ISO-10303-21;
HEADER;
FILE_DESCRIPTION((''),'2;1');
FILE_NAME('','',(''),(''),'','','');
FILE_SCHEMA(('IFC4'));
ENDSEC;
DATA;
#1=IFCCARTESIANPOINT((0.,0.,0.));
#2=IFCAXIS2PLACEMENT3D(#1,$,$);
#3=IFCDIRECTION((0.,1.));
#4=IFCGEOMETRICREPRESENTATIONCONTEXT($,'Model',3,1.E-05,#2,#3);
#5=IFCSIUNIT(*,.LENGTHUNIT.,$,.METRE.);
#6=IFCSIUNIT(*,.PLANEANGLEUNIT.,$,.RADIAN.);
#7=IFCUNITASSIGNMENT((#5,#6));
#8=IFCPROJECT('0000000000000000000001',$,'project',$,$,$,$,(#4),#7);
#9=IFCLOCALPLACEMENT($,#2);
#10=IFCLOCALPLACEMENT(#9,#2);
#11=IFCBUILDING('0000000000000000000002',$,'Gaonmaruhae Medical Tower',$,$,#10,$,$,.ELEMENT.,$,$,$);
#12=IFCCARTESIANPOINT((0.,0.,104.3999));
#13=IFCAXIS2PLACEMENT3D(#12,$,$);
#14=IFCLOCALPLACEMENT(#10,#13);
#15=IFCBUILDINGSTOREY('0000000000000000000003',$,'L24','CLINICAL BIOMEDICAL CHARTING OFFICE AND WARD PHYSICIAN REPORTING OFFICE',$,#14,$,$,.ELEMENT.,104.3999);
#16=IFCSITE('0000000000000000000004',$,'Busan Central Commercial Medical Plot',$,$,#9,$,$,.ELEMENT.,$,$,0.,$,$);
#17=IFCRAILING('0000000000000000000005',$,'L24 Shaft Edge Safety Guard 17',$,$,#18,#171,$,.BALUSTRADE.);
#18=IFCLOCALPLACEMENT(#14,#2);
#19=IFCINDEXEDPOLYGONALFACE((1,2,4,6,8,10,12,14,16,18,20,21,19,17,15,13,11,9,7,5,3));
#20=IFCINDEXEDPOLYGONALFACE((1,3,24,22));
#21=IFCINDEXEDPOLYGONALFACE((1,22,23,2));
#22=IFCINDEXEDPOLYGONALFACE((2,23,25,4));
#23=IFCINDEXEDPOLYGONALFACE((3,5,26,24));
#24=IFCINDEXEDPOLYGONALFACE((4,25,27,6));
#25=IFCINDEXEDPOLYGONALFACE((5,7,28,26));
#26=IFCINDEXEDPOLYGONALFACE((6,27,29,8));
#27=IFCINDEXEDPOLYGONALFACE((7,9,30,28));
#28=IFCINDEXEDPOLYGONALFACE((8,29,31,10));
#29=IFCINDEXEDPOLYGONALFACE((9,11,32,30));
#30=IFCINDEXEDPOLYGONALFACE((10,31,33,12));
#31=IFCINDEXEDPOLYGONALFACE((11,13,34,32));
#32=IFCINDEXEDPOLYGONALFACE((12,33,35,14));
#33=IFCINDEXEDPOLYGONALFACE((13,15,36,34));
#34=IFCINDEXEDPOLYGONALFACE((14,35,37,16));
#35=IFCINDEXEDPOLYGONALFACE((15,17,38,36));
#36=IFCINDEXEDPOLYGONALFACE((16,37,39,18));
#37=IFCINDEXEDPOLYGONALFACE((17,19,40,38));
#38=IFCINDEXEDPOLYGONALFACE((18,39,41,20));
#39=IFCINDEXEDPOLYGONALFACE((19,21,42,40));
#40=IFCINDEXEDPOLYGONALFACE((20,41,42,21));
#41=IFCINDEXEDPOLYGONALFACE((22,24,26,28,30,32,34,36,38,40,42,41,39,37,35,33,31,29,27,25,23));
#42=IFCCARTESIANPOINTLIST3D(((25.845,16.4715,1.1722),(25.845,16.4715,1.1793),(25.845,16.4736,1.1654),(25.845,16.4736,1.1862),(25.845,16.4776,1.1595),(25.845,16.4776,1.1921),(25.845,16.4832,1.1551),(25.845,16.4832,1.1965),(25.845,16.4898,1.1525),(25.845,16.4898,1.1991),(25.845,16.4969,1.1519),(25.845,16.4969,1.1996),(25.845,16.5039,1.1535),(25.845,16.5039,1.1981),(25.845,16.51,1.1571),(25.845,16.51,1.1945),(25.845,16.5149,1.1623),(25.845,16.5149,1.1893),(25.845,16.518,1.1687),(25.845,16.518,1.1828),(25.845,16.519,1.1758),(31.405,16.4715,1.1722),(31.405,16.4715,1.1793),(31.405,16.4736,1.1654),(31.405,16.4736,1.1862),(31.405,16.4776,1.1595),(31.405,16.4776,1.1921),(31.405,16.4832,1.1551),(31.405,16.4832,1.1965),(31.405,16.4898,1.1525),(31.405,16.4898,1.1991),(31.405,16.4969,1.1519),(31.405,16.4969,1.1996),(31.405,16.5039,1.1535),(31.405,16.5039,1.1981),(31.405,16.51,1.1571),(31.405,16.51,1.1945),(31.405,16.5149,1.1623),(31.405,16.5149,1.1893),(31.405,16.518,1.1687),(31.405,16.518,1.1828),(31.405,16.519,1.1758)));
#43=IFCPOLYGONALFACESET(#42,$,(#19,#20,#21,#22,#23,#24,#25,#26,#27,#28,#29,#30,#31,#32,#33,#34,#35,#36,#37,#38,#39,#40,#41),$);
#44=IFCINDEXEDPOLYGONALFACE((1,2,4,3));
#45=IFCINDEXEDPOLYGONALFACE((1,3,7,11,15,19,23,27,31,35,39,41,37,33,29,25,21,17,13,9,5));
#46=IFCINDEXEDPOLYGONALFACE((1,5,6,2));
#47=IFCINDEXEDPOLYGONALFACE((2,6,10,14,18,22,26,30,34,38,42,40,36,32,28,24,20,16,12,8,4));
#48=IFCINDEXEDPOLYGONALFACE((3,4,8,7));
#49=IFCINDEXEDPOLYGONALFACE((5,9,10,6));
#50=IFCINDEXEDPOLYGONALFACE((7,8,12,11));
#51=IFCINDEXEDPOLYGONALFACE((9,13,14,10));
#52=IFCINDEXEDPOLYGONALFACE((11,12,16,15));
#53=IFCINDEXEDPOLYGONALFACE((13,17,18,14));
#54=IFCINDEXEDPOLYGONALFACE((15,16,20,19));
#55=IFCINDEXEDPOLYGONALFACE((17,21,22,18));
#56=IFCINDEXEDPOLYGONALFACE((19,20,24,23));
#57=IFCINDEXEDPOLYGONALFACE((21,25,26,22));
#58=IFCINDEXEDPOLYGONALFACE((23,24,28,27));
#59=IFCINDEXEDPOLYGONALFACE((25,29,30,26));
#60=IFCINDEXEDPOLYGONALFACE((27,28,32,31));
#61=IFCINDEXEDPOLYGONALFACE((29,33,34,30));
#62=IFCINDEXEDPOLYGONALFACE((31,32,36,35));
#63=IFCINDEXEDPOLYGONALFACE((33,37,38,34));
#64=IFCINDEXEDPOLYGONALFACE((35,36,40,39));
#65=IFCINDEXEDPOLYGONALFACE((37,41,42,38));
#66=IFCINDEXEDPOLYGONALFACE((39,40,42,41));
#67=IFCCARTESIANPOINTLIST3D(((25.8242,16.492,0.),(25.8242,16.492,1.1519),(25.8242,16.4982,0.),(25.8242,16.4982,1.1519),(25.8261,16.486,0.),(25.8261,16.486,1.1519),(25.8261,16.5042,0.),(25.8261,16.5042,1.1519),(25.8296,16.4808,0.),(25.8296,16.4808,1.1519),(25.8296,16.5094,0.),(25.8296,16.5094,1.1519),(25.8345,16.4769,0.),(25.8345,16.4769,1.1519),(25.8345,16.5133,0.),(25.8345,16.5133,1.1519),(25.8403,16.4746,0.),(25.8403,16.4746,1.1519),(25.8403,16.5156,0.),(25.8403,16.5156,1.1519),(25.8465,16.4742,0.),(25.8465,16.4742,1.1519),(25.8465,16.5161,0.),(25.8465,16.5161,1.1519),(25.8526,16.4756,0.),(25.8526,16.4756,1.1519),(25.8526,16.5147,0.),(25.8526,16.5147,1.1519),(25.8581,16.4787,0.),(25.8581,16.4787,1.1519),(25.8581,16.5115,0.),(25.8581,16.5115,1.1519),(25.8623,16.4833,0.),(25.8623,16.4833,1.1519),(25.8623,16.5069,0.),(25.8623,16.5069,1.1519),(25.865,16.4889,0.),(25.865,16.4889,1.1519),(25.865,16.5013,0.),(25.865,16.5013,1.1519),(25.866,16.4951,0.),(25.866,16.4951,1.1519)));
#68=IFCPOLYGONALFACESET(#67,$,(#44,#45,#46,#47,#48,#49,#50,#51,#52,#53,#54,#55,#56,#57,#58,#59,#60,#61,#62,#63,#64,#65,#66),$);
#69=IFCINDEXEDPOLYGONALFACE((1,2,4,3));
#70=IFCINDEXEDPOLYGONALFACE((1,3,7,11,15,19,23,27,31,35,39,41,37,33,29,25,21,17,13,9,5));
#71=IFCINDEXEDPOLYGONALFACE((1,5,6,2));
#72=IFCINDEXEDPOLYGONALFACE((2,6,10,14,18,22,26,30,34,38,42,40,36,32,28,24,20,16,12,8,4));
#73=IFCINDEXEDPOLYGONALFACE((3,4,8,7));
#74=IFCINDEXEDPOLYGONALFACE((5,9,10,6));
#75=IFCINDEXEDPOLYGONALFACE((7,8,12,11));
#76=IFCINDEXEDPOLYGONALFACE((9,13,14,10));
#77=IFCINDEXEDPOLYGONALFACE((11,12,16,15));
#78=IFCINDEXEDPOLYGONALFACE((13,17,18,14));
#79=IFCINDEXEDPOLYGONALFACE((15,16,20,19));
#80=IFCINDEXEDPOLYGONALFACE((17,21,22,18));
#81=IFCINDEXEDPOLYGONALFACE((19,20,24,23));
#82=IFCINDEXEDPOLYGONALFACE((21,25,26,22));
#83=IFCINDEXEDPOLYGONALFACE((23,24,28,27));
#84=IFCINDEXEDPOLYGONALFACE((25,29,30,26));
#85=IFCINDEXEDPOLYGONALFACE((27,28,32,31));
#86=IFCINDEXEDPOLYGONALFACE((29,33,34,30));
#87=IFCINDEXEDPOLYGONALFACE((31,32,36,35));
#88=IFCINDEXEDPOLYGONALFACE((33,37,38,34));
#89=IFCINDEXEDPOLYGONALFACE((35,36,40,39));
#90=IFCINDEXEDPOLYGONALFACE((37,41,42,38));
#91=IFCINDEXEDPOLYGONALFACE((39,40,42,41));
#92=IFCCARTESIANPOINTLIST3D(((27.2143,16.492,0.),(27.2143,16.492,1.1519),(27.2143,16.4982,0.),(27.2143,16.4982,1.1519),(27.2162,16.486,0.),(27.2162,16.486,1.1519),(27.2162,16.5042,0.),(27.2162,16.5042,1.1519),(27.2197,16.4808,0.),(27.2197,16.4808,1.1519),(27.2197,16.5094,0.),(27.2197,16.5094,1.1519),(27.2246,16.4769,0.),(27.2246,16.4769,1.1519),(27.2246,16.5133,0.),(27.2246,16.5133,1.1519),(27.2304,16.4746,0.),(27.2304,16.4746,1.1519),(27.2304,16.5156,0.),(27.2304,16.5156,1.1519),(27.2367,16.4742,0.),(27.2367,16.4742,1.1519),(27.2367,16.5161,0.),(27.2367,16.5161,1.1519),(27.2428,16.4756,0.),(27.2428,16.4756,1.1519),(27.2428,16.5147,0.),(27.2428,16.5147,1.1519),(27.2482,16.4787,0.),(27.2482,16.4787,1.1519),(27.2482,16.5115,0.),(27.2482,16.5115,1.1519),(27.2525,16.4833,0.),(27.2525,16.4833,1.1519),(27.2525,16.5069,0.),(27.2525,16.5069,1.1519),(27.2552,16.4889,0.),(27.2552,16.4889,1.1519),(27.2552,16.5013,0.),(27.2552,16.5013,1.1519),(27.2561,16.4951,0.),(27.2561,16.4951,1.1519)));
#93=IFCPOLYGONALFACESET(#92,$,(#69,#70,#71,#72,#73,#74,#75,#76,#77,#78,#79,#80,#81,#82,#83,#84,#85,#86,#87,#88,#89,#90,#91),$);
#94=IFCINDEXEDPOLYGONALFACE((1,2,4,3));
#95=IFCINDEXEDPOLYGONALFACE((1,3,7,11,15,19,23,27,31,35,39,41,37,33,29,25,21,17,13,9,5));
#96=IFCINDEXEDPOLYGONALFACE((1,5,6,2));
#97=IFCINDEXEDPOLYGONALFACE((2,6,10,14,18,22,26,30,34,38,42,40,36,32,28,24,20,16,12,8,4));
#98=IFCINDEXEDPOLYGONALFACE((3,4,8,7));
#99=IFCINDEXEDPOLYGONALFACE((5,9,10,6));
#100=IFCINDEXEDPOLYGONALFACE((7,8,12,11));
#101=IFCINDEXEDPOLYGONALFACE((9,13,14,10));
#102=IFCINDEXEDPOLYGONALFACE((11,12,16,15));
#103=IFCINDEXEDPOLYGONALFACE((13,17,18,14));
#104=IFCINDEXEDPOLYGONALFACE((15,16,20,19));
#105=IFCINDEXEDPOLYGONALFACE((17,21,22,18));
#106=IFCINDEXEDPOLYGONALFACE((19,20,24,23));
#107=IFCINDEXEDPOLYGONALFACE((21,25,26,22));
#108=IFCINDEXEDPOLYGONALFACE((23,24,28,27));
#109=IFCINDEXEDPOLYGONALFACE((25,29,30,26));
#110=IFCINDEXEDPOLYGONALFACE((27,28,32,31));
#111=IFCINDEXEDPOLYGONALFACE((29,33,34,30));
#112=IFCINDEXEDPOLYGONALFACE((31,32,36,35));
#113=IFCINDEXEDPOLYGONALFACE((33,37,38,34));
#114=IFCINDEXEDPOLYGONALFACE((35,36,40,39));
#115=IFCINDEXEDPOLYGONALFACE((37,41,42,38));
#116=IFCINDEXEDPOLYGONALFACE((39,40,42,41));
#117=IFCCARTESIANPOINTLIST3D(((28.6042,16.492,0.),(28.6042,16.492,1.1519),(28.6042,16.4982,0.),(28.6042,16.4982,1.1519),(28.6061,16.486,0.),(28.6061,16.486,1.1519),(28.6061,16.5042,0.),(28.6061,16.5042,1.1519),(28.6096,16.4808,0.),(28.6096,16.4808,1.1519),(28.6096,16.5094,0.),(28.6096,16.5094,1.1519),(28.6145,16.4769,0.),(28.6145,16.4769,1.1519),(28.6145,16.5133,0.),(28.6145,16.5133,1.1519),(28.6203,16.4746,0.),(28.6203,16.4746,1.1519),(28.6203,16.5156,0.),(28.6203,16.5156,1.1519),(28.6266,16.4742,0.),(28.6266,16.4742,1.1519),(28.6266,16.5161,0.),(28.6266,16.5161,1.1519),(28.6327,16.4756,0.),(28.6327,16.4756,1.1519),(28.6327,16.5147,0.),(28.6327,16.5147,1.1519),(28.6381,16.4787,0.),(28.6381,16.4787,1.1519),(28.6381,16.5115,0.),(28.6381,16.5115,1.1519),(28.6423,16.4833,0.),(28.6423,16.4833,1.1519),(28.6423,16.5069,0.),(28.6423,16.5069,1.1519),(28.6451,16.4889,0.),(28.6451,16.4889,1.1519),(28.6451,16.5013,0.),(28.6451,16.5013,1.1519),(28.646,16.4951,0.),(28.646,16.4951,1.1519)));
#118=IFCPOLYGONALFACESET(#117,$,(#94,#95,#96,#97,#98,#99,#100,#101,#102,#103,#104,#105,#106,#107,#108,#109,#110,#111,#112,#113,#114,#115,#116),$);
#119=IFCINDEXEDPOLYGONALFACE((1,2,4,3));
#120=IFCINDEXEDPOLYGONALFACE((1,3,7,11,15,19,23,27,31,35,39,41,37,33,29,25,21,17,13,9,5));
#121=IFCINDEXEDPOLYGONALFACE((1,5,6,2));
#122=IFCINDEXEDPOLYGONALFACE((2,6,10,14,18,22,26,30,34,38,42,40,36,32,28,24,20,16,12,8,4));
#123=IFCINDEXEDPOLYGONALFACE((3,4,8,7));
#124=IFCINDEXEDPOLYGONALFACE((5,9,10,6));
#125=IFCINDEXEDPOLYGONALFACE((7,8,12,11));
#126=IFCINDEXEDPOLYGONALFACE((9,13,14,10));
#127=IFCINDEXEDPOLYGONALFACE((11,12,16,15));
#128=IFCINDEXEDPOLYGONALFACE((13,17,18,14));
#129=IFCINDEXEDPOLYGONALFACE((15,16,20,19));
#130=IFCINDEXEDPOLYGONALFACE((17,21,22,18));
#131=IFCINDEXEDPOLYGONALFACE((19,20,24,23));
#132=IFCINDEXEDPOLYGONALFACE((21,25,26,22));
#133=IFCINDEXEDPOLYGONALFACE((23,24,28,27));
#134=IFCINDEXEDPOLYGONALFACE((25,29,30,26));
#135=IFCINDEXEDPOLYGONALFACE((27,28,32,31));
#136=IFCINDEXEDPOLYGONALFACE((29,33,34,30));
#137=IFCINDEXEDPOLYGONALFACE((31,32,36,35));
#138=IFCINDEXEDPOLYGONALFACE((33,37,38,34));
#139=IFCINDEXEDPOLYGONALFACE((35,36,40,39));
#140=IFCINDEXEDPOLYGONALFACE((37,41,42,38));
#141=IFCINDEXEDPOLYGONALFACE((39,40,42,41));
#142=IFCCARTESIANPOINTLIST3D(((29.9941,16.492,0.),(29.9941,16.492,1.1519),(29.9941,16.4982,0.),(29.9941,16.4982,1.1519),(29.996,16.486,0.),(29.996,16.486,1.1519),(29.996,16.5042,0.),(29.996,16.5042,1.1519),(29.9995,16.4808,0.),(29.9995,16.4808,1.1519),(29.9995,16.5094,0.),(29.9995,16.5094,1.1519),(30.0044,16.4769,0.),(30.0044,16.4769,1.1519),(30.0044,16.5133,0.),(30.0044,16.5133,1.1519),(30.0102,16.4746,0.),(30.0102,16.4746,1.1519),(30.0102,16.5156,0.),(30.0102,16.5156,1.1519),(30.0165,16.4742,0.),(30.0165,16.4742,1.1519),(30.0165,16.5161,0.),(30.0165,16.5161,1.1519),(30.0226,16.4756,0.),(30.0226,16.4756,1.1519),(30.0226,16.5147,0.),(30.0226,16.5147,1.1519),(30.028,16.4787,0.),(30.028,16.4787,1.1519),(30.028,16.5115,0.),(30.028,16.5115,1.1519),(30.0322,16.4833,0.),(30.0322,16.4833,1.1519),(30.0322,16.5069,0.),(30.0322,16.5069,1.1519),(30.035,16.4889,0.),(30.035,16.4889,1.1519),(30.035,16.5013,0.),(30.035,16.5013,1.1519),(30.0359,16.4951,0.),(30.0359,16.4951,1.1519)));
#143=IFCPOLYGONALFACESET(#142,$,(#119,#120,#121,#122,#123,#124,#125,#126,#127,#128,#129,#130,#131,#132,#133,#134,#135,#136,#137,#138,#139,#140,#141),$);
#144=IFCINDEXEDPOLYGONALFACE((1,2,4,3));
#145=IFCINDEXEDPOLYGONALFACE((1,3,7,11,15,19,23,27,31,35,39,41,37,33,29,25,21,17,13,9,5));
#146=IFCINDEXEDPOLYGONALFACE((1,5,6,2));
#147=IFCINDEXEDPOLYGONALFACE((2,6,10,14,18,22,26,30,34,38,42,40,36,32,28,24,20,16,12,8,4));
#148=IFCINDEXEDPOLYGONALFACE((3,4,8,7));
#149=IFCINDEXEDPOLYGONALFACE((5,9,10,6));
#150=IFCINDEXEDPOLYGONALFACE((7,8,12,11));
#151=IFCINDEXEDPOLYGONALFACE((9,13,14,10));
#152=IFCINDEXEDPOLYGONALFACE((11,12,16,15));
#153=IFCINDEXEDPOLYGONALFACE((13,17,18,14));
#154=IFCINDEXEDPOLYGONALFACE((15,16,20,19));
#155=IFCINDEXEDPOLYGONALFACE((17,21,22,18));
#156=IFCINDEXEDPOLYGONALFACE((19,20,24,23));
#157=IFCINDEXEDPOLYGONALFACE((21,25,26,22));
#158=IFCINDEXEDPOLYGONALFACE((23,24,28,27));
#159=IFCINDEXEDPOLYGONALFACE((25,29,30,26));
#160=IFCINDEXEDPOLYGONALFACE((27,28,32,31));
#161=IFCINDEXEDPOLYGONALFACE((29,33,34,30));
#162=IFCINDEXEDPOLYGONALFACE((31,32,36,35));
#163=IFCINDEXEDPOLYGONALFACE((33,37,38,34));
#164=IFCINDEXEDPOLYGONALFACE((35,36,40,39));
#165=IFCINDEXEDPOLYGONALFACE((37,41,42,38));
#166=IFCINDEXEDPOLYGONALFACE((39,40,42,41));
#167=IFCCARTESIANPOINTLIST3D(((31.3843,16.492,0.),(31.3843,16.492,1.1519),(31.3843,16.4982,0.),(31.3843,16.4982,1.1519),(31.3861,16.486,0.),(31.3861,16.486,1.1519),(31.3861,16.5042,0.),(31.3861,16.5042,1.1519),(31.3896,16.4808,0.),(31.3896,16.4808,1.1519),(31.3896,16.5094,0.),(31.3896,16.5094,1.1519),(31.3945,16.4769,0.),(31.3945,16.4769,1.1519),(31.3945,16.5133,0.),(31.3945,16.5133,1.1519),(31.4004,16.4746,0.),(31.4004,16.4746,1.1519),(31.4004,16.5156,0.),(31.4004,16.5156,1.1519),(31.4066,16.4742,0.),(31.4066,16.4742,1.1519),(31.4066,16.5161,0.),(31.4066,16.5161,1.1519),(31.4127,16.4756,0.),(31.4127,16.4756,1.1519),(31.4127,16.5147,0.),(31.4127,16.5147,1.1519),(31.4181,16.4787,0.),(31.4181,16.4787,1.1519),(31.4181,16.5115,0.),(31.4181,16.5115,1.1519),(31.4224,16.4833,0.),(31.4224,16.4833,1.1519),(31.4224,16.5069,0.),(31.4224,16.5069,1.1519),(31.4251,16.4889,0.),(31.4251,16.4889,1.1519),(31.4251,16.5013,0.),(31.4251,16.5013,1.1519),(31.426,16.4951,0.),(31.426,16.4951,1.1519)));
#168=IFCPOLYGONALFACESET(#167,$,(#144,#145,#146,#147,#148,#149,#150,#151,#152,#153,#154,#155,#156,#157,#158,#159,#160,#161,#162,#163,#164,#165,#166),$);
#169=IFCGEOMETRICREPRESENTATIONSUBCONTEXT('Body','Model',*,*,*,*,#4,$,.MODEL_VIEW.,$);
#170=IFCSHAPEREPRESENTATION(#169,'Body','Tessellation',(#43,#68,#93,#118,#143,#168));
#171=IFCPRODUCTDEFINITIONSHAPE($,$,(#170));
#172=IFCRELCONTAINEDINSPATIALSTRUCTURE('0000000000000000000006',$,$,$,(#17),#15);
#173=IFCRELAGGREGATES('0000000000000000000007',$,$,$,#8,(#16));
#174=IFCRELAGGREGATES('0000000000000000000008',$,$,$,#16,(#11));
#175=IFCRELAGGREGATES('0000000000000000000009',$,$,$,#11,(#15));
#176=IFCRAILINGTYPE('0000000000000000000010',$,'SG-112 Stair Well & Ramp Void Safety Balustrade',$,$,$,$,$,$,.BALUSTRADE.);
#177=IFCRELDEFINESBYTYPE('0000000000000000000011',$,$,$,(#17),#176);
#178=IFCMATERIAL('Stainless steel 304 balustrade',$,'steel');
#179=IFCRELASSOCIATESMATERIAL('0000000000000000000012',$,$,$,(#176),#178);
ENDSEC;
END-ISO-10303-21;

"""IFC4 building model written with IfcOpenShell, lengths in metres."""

from ifc_helpers import new_model, si_unit, direction, frame, origin, origin_2d, place, context, subcontext, project, spatial, circle, extrude, material, type_object, element, save


model = new_model("IFC4")

# Units and contexts
model_context = context("Model", 3, precision=1e-05, world=origin(), true_north=direction((0.0, 1.0)))
body_context = subcontext(model_context, "Body", "Model", "MODEL_VIEW")
ifc_project = project(units=[si_unit("LENGTHUNIT", "METRE"), si_unit("PLANEANGLEUNIT", "RADIAN")], contexts=[model_context])

# Site, building, storey
site_placement = place(None, origin())
site = spatial("IfcSite", under=ifc_project, at=site_placement, Name="Busan Central Commercial Medical Plot", CompositionType="ELEMENT", RefElevation=0.0)
building_placement = place(site_placement, origin())
building = spatial("IfcBuilding", under=site, at=building_placement, Name="Gaonmaruhae Medical Tower", CompositionType="ELEMENT")
storey_placement = place(building_placement, frame((0.0, 0.0, 104.3999)))
storey = spatial("IfcBuildingStorey", under=building, at=storey_placement, Name="L24", Description="CLINICAL BIOMEDICAL CHARTING OFFICE AND WARD PHYSICIAN REPORTING OFFICE", CompositionType="ELEMENT", Elevation=104.3999)

# Railing
ifc_material_1 = material(Name="Stainless steel 304 balustrade", Category="steel")
railing_type = type_object("IfcRailingType", Name="SG-112 Stair Well & Ramp Void Safety Balustrade", PredefinedType="BALUSTRADE", material=ifc_material_1)
railing_1_placement = place(storey_placement, frame((25.845, 16.4951, 0.0)))
element("IfcRailing", 1, at=railing_1_placement, inside=storey, type_object=railing_type, Name="L24 Shaft Edge Safety Guard 17", PredefinedType="BALUSTRADE", context=body_context, shape_type="SweptSolid", body=[
    extrude(circle(Radius=0.0239, at=origin_2d()), frame((0.0, 0.0, 1.1758), z_axis=(1.0, 0.0, 0.0), x_axis=(0.0, 1.0, 0.0)), (0.0, 0.0, 1.0), 5.5601),
    extrude(circle(Radius=0.021, at=origin_2d()), origin(), (0.0, 0.0, 1.0), 1.1519),
    extrude(circle(Radius=0.021, at=origin_2d()), frame((1.3901, 0.0, 0.0)), (0.0, 0.0, 1.0), 1.1519),
    extrude(circle(Radius=0.021, at=origin_2d()), frame((2.78, 0.0, 0.0)), (0.0, 0.0, 1.0), 1.1519),
    extrude(circle(Radius=0.021, at=origin_2d()), frame((4.1699, 0.0, 0.0)), (0.0, 0.0, 1.0), 1.1519),
    extrude(circle(Radius=0.021, at=origin_2d()), frame((5.5601, 0.0, 0.0)), (0.0, 0.0, 1.0), 1.1519),
])

save(model, "model.ifc")
